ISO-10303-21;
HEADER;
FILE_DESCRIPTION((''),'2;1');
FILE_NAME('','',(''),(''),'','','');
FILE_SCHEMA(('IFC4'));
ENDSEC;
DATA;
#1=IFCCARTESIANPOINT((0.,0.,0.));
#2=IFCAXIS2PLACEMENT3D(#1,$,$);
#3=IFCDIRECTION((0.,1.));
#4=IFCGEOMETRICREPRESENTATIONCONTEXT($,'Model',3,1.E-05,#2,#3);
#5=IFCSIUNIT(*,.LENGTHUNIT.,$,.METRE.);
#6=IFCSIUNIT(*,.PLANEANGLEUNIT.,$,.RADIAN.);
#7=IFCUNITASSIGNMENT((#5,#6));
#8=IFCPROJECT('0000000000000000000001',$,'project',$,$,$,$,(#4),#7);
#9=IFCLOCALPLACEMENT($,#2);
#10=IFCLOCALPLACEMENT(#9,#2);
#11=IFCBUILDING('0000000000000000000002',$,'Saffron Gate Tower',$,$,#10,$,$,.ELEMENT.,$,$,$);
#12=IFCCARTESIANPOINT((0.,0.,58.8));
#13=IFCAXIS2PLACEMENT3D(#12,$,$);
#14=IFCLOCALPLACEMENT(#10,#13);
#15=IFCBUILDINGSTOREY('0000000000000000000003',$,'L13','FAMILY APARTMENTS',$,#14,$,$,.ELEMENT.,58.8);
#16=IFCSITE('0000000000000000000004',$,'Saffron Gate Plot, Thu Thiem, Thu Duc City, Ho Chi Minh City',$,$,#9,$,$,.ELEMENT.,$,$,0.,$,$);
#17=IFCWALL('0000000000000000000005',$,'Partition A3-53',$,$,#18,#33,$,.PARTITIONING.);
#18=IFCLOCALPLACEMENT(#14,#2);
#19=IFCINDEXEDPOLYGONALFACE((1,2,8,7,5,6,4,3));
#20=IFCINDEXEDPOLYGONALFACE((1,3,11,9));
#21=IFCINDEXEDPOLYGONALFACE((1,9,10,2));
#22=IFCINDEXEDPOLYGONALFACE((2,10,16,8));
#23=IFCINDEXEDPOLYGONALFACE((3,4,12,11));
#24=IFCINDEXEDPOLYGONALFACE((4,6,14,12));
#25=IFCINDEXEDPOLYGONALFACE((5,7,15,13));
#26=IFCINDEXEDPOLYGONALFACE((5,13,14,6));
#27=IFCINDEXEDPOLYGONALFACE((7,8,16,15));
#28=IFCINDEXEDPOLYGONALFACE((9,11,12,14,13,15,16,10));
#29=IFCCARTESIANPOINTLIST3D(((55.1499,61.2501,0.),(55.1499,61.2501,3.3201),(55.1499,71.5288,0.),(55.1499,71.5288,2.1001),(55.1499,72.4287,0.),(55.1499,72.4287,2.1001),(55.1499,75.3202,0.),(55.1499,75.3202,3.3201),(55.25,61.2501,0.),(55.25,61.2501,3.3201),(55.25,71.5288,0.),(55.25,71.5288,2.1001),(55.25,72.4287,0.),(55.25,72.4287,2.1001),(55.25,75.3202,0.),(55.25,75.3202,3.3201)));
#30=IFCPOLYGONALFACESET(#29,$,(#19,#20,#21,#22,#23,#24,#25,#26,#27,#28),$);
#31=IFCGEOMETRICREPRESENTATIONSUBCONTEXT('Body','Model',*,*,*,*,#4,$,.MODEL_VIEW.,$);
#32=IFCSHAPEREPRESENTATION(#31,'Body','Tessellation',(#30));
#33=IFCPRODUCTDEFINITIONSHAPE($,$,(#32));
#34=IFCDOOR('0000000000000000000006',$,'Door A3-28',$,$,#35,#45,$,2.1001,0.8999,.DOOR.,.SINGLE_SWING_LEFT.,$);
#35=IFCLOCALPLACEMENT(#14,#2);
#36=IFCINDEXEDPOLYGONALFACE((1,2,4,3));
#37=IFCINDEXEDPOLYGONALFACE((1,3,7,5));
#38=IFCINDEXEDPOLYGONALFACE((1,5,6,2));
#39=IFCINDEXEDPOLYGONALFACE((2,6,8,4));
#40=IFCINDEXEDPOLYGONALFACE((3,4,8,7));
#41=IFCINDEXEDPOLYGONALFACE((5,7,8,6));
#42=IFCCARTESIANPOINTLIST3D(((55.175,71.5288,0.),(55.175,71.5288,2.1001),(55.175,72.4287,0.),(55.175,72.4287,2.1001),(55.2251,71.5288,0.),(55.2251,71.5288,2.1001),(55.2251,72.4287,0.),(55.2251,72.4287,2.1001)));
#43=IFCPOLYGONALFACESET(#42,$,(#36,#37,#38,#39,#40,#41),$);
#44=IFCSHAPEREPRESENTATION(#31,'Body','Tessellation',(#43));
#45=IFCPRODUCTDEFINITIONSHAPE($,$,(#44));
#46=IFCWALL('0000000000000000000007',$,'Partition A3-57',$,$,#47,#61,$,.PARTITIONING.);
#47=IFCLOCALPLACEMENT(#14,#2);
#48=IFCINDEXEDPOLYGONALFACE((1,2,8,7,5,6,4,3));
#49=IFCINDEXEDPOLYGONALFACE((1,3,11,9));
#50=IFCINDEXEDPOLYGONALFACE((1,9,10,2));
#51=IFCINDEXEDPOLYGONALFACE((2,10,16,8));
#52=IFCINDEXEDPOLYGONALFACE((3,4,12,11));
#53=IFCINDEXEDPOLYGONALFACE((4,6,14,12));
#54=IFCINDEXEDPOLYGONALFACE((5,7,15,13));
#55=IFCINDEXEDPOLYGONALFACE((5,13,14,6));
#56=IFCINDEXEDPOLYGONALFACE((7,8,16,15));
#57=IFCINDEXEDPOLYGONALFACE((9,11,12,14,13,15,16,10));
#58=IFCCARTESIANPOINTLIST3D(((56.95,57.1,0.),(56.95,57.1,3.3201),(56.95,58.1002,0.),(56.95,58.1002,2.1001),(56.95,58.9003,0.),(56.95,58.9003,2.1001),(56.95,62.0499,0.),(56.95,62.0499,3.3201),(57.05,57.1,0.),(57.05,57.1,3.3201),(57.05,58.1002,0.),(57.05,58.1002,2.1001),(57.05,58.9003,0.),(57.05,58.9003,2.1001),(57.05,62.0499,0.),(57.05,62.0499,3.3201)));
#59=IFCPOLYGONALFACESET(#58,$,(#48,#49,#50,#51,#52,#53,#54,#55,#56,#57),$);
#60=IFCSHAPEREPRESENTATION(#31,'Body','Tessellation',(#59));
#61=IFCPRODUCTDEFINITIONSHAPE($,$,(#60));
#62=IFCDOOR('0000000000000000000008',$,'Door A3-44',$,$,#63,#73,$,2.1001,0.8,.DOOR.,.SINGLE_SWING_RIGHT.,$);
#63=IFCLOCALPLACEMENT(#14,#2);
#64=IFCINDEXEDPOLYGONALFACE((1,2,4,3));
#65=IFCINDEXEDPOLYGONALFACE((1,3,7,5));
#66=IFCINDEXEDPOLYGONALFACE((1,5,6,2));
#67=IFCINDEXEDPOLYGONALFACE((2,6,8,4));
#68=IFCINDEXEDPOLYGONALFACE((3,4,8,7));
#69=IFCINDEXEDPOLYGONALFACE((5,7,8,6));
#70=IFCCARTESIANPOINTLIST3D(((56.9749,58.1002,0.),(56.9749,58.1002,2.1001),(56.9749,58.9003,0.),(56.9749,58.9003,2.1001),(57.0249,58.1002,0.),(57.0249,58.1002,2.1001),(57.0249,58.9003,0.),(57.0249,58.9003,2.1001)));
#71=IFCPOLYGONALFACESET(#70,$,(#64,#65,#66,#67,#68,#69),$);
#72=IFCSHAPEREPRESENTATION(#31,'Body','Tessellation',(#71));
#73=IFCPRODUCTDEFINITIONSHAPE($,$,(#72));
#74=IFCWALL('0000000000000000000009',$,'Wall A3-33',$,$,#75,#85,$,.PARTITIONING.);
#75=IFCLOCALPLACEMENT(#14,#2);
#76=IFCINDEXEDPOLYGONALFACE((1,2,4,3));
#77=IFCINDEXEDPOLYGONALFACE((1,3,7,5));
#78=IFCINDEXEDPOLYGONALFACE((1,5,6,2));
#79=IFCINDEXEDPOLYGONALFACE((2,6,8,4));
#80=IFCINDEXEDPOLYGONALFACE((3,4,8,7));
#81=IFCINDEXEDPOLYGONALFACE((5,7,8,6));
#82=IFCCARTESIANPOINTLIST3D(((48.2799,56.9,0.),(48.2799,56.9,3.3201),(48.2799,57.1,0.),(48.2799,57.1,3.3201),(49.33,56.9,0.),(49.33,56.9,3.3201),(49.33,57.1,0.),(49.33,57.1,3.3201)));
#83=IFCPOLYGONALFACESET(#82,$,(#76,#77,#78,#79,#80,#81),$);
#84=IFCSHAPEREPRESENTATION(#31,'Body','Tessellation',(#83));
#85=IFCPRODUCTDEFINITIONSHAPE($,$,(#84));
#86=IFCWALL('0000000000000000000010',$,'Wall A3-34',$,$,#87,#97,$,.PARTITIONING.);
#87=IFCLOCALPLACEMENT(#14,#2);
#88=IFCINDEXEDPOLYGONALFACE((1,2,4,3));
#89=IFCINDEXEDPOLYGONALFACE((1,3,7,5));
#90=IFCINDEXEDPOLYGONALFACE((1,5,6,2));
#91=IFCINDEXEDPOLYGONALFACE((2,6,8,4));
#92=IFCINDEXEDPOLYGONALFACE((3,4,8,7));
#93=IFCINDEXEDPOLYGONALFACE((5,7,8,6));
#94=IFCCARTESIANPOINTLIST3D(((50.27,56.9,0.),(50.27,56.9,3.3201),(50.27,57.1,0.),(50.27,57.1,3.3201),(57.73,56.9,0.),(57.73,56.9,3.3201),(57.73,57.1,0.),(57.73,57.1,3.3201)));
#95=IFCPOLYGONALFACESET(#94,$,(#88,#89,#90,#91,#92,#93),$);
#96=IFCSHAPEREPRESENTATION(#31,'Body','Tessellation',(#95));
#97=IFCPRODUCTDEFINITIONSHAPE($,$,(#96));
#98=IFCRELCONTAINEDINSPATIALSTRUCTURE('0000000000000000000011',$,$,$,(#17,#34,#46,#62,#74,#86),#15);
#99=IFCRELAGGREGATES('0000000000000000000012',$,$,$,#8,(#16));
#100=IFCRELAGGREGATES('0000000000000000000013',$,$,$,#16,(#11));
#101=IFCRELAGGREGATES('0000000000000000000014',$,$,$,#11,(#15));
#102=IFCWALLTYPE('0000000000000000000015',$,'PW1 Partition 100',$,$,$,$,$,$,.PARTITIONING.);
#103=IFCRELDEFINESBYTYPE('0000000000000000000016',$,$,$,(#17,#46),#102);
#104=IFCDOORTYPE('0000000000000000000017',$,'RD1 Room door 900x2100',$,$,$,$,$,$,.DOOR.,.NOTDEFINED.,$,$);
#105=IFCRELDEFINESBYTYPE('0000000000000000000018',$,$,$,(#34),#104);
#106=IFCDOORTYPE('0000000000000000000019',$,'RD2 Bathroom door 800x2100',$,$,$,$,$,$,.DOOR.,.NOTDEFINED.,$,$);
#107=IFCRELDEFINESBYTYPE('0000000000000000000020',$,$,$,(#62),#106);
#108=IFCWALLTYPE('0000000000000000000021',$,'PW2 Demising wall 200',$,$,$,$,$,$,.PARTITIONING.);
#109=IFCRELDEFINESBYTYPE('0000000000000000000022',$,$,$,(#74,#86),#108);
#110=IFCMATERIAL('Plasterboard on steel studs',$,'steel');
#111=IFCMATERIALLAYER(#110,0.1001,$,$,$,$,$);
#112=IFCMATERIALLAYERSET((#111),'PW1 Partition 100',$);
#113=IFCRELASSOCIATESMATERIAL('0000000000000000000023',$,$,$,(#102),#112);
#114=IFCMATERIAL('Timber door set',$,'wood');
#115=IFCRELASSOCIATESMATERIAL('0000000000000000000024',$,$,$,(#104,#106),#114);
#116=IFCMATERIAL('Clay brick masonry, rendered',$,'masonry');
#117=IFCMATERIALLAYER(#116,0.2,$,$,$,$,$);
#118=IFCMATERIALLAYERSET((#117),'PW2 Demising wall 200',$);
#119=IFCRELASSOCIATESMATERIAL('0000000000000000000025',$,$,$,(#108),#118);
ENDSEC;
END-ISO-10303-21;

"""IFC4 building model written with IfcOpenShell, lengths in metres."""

from ifc_helpers import new_model, si_unit, direction, frame, frame_2d, origin, place, context, subcontext, project, spatial, rectangle, extrude, material, layer, layer_set, type_object, element, fill, save


model = new_model("IFC4")

# Units and contexts
model_context = context("Model", 3, precision=1e-05, world=origin(), true_north=direction((0.0, 1.0)))
body_context = subcontext(model_context, "Body", "Model", "MODEL_VIEW")
ifc_project = project(units=[si_unit("LENGTHUNIT", "METRE"), si_unit("PLANEANGLEUNIT", "RADIAN")], contexts=[model_context])

# Site, building, storey
site_placement = place(None, origin())
site = spatial("IfcSite", under=ifc_project, at=site_placement, Name="Saffron Gate Plot, Thu Thiem, Thu Duc City, Ho Chi Minh City", CompositionType="ELEMENT", RefElevation=0.0)
building_placement = place(site_placement, origin())
building = spatial("IfcBuilding", under=site, at=building_placement, Name="Saffron Gate Tower", CompositionType="ELEMENT")
storey_placement = place(building_placement, frame((0.0, 0.0, 58.8)))
storey = spatial("IfcBuildingStorey", under=building, at=storey_placement, Name="L13", Description="FAMILY APARTMENTS", CompositionType="ELEMENT", Elevation=58.8)

# Shared definitions
ifc_material_1 = material(Name="Plasterboard on steel studs", Category="steel")
ifc_layer_1 = layer(ifc_material_1, 0.1001)
ifc_layer_set_1 = layer_set([ifc_layer_1], Name="PW1 Partition 100")
wall_type_1 = type_object("IfcWallType", Name="PW1 Partition 100", PredefinedType="PARTITIONING", material=ifc_layer_set_1)

# Shared definitions
ifc_material_2 = material(Name="Timber door set", Category="wood")
door_type_1 = type_object("IfcDoorType", Name="RD1 Room door 900x2100", OperationType="NOTDEFINED", PredefinedType="DOOR", material=ifc_material_2)

# Walls, openings, doors
wall_1_placement = place(storey_placement, frame((55.2, 61.25, 0.0), z_axis=(0.0, 0.0, 1.0), x_axis=(0.0, 1.0, 0.0)))
wall_1 = element("IfcWall", 1, at=wall_1_placement, inside=storey, type_object=wall_type_1, Name="Partition A3-53", PredefinedType="PARTITIONING", context=body_context, shape_type="SweptSolid", body=[
    extrude(rectangle(XDim=14.0701, YDim=0.1001, at=frame_2d((7.0352, 0.0))), origin(), (0.0, 0.0, 1.0), 3.3201),
])
opening_1_placement = place(wall_1_placement, frame((10.2788, 0.0, 0.0)))
opening_1 = element("IfcOpeningElement", 2, at=opening_1_placement, cuts=wall_1, PredefinedType="OPENING", context=body_context, shape_type="SweptSolid", body=[
    extrude(rectangle(XDim=0.8999, YDim=2.1001, at=frame_2d((0.45, 1.05))), frame((0.0, 0.0601, 0.0), z_axis=(0.0, -1.0, 0.0), x_axis=(1.0, 0.0, 0.0)), (0.0, 0.0, 1.0), 0.1201),
])
door_1_placement = place(opening_1_placement, origin())
door_1 = element("IfcDoor", 3, at=door_1_placement, inside=storey, type_object=door_type_1, Name="Door A3-28", OperationType="SINGLE_SWING_LEFT", OverallHeight=2.1001, OverallWidth=0.8999, PredefinedType="DOOR", context=body_context, shape_type="SweptSolid", body=[
    extrude(rectangle(XDim=0.8999, YDim=2.1001, at=frame_2d((0.45, 1.05))), frame((0.0, 0.0249, 0.0), z_axis=(0.0, -1.0, 0.0), x_axis=(1.0, 0.0, 0.0)), (0.0, 0.0, 1.0), 0.05),
])
fill(opening_1, door_1)
wall_2_placement = place(storey_placement, frame((57.0, 62.05, 0.0), z_axis=(0.0, 0.0, 1.0), x_axis=(0.0, -1.0, 0.0)))
wall_2 = element("IfcWall", 4, at=wall_2_placement, inside=storey, type_object=wall_type_1, Name="Partition A3-57", PredefinedType="PARTITIONING", context=body_context, shape_type="SweptSolid", body=[
    extrude(rectangle(XDim=4.95, YDim=0.1001, at=frame_2d((2.4751, 0.0))), origin(), (0.0, 0.0, 1.0), 3.3201),
])
opening_2_placement = place(wall_2_placement, frame((3.1499, 0.0, 0.0)))
opening_2 = element("IfcOpeningElement", 5, at=opening_2_placement, cuts=wall_2, PredefinedType="OPENING", context=body_context, shape_type="SweptSolid", body=[
    extrude(rectangle(XDim=0.8, YDim=2.1001, at=frame_2d((0.3999, 1.05))), frame((0.0, 0.0601, 0.0), z_axis=(0.0, -1.0, 0.0), x_axis=(1.0, 0.0, 0.0)), (0.0, 0.0, 1.0), 0.1201),
])
door_type_2 = type_object("IfcDoorType", Name="RD2 Bathroom door 800x2100", OperationType="NOTDEFINED", PredefinedType="DOOR", material=ifc_material_2)
door_2_placement = place(opening_2_placement, origin())
door_2 = element("IfcDoor", 6, at=door_2_placement, inside=storey, type_object=door_type_2, Name="Door A3-44", OperationType="SINGLE_SWING_RIGHT", OverallHeight=2.1001, OverallWidth=0.8, PredefinedType="DOOR", context=body_context, shape_type="SweptSolid", body=[
    extrude(rectangle(XDim=0.8, YDim=2.1001, at=frame_2d((0.3999, 1.05))), frame((0.0, 0.0249, 0.0), z_axis=(0.0, -1.0, 0.0), x_axis=(1.0, 0.0, 0.0)), (0.0, 0.0, 1.0), 0.05),
])
fill(opening_2, door_2)

# Walls
ifc_material_3 = material(Name="Clay brick masonry, rendered", Category="masonry")
ifc_layer_2 = layer(ifc_material_3, 0.2)
ifc_layer_set_2 = layer_set([ifc_layer_2], Name="PW2 Demising wall 200")
wall_type_2 = type_object("IfcWallType", Name="PW2 Demising wall 200", PredefinedType="PARTITIONING", material=ifc_layer_set_2)
wall_3_placement = place(storey_placement, frame((48.28, 57.0, 0.0), z_axis=(0.0, 0.0, 1.0), x_axis=(1.0, 0.0, 0.0)))
element("IfcWall", 7, at=wall_3_placement, inside=storey, type_object=wall_type_2, Name="Wall A3-33", PredefinedType="PARTITIONING", context=body_context, shape_type="SweptSolid", body=[
    extrude(rectangle(XDim=1.05, YDim=0.2, at=frame_2d((0.5249, 0.0))), origin(), (0.0, 0.0, 1.0), 3.3201),
])
wall_4_placement = place(storey_placement, frame((50.27, 57.0, 0.0), z_axis=(0.0, 0.0, 1.0), x_axis=(1.0, 0.0, 0.0)))
element("IfcWall", 8, at=wall_4_placement, inside=storey, type_object=wall_type_2, Name="Wall A3-34", PredefinedType="PARTITIONING", context=body_context, shape_type="SweptSolid", body=[
    extrude(rectangle(XDim=7.46, YDim=0.2, at=frame_2d((3.73, 0.0))), origin(), (0.0, 0.0, 1.0), 3.3201),
])

save(model, "model.ifc")
